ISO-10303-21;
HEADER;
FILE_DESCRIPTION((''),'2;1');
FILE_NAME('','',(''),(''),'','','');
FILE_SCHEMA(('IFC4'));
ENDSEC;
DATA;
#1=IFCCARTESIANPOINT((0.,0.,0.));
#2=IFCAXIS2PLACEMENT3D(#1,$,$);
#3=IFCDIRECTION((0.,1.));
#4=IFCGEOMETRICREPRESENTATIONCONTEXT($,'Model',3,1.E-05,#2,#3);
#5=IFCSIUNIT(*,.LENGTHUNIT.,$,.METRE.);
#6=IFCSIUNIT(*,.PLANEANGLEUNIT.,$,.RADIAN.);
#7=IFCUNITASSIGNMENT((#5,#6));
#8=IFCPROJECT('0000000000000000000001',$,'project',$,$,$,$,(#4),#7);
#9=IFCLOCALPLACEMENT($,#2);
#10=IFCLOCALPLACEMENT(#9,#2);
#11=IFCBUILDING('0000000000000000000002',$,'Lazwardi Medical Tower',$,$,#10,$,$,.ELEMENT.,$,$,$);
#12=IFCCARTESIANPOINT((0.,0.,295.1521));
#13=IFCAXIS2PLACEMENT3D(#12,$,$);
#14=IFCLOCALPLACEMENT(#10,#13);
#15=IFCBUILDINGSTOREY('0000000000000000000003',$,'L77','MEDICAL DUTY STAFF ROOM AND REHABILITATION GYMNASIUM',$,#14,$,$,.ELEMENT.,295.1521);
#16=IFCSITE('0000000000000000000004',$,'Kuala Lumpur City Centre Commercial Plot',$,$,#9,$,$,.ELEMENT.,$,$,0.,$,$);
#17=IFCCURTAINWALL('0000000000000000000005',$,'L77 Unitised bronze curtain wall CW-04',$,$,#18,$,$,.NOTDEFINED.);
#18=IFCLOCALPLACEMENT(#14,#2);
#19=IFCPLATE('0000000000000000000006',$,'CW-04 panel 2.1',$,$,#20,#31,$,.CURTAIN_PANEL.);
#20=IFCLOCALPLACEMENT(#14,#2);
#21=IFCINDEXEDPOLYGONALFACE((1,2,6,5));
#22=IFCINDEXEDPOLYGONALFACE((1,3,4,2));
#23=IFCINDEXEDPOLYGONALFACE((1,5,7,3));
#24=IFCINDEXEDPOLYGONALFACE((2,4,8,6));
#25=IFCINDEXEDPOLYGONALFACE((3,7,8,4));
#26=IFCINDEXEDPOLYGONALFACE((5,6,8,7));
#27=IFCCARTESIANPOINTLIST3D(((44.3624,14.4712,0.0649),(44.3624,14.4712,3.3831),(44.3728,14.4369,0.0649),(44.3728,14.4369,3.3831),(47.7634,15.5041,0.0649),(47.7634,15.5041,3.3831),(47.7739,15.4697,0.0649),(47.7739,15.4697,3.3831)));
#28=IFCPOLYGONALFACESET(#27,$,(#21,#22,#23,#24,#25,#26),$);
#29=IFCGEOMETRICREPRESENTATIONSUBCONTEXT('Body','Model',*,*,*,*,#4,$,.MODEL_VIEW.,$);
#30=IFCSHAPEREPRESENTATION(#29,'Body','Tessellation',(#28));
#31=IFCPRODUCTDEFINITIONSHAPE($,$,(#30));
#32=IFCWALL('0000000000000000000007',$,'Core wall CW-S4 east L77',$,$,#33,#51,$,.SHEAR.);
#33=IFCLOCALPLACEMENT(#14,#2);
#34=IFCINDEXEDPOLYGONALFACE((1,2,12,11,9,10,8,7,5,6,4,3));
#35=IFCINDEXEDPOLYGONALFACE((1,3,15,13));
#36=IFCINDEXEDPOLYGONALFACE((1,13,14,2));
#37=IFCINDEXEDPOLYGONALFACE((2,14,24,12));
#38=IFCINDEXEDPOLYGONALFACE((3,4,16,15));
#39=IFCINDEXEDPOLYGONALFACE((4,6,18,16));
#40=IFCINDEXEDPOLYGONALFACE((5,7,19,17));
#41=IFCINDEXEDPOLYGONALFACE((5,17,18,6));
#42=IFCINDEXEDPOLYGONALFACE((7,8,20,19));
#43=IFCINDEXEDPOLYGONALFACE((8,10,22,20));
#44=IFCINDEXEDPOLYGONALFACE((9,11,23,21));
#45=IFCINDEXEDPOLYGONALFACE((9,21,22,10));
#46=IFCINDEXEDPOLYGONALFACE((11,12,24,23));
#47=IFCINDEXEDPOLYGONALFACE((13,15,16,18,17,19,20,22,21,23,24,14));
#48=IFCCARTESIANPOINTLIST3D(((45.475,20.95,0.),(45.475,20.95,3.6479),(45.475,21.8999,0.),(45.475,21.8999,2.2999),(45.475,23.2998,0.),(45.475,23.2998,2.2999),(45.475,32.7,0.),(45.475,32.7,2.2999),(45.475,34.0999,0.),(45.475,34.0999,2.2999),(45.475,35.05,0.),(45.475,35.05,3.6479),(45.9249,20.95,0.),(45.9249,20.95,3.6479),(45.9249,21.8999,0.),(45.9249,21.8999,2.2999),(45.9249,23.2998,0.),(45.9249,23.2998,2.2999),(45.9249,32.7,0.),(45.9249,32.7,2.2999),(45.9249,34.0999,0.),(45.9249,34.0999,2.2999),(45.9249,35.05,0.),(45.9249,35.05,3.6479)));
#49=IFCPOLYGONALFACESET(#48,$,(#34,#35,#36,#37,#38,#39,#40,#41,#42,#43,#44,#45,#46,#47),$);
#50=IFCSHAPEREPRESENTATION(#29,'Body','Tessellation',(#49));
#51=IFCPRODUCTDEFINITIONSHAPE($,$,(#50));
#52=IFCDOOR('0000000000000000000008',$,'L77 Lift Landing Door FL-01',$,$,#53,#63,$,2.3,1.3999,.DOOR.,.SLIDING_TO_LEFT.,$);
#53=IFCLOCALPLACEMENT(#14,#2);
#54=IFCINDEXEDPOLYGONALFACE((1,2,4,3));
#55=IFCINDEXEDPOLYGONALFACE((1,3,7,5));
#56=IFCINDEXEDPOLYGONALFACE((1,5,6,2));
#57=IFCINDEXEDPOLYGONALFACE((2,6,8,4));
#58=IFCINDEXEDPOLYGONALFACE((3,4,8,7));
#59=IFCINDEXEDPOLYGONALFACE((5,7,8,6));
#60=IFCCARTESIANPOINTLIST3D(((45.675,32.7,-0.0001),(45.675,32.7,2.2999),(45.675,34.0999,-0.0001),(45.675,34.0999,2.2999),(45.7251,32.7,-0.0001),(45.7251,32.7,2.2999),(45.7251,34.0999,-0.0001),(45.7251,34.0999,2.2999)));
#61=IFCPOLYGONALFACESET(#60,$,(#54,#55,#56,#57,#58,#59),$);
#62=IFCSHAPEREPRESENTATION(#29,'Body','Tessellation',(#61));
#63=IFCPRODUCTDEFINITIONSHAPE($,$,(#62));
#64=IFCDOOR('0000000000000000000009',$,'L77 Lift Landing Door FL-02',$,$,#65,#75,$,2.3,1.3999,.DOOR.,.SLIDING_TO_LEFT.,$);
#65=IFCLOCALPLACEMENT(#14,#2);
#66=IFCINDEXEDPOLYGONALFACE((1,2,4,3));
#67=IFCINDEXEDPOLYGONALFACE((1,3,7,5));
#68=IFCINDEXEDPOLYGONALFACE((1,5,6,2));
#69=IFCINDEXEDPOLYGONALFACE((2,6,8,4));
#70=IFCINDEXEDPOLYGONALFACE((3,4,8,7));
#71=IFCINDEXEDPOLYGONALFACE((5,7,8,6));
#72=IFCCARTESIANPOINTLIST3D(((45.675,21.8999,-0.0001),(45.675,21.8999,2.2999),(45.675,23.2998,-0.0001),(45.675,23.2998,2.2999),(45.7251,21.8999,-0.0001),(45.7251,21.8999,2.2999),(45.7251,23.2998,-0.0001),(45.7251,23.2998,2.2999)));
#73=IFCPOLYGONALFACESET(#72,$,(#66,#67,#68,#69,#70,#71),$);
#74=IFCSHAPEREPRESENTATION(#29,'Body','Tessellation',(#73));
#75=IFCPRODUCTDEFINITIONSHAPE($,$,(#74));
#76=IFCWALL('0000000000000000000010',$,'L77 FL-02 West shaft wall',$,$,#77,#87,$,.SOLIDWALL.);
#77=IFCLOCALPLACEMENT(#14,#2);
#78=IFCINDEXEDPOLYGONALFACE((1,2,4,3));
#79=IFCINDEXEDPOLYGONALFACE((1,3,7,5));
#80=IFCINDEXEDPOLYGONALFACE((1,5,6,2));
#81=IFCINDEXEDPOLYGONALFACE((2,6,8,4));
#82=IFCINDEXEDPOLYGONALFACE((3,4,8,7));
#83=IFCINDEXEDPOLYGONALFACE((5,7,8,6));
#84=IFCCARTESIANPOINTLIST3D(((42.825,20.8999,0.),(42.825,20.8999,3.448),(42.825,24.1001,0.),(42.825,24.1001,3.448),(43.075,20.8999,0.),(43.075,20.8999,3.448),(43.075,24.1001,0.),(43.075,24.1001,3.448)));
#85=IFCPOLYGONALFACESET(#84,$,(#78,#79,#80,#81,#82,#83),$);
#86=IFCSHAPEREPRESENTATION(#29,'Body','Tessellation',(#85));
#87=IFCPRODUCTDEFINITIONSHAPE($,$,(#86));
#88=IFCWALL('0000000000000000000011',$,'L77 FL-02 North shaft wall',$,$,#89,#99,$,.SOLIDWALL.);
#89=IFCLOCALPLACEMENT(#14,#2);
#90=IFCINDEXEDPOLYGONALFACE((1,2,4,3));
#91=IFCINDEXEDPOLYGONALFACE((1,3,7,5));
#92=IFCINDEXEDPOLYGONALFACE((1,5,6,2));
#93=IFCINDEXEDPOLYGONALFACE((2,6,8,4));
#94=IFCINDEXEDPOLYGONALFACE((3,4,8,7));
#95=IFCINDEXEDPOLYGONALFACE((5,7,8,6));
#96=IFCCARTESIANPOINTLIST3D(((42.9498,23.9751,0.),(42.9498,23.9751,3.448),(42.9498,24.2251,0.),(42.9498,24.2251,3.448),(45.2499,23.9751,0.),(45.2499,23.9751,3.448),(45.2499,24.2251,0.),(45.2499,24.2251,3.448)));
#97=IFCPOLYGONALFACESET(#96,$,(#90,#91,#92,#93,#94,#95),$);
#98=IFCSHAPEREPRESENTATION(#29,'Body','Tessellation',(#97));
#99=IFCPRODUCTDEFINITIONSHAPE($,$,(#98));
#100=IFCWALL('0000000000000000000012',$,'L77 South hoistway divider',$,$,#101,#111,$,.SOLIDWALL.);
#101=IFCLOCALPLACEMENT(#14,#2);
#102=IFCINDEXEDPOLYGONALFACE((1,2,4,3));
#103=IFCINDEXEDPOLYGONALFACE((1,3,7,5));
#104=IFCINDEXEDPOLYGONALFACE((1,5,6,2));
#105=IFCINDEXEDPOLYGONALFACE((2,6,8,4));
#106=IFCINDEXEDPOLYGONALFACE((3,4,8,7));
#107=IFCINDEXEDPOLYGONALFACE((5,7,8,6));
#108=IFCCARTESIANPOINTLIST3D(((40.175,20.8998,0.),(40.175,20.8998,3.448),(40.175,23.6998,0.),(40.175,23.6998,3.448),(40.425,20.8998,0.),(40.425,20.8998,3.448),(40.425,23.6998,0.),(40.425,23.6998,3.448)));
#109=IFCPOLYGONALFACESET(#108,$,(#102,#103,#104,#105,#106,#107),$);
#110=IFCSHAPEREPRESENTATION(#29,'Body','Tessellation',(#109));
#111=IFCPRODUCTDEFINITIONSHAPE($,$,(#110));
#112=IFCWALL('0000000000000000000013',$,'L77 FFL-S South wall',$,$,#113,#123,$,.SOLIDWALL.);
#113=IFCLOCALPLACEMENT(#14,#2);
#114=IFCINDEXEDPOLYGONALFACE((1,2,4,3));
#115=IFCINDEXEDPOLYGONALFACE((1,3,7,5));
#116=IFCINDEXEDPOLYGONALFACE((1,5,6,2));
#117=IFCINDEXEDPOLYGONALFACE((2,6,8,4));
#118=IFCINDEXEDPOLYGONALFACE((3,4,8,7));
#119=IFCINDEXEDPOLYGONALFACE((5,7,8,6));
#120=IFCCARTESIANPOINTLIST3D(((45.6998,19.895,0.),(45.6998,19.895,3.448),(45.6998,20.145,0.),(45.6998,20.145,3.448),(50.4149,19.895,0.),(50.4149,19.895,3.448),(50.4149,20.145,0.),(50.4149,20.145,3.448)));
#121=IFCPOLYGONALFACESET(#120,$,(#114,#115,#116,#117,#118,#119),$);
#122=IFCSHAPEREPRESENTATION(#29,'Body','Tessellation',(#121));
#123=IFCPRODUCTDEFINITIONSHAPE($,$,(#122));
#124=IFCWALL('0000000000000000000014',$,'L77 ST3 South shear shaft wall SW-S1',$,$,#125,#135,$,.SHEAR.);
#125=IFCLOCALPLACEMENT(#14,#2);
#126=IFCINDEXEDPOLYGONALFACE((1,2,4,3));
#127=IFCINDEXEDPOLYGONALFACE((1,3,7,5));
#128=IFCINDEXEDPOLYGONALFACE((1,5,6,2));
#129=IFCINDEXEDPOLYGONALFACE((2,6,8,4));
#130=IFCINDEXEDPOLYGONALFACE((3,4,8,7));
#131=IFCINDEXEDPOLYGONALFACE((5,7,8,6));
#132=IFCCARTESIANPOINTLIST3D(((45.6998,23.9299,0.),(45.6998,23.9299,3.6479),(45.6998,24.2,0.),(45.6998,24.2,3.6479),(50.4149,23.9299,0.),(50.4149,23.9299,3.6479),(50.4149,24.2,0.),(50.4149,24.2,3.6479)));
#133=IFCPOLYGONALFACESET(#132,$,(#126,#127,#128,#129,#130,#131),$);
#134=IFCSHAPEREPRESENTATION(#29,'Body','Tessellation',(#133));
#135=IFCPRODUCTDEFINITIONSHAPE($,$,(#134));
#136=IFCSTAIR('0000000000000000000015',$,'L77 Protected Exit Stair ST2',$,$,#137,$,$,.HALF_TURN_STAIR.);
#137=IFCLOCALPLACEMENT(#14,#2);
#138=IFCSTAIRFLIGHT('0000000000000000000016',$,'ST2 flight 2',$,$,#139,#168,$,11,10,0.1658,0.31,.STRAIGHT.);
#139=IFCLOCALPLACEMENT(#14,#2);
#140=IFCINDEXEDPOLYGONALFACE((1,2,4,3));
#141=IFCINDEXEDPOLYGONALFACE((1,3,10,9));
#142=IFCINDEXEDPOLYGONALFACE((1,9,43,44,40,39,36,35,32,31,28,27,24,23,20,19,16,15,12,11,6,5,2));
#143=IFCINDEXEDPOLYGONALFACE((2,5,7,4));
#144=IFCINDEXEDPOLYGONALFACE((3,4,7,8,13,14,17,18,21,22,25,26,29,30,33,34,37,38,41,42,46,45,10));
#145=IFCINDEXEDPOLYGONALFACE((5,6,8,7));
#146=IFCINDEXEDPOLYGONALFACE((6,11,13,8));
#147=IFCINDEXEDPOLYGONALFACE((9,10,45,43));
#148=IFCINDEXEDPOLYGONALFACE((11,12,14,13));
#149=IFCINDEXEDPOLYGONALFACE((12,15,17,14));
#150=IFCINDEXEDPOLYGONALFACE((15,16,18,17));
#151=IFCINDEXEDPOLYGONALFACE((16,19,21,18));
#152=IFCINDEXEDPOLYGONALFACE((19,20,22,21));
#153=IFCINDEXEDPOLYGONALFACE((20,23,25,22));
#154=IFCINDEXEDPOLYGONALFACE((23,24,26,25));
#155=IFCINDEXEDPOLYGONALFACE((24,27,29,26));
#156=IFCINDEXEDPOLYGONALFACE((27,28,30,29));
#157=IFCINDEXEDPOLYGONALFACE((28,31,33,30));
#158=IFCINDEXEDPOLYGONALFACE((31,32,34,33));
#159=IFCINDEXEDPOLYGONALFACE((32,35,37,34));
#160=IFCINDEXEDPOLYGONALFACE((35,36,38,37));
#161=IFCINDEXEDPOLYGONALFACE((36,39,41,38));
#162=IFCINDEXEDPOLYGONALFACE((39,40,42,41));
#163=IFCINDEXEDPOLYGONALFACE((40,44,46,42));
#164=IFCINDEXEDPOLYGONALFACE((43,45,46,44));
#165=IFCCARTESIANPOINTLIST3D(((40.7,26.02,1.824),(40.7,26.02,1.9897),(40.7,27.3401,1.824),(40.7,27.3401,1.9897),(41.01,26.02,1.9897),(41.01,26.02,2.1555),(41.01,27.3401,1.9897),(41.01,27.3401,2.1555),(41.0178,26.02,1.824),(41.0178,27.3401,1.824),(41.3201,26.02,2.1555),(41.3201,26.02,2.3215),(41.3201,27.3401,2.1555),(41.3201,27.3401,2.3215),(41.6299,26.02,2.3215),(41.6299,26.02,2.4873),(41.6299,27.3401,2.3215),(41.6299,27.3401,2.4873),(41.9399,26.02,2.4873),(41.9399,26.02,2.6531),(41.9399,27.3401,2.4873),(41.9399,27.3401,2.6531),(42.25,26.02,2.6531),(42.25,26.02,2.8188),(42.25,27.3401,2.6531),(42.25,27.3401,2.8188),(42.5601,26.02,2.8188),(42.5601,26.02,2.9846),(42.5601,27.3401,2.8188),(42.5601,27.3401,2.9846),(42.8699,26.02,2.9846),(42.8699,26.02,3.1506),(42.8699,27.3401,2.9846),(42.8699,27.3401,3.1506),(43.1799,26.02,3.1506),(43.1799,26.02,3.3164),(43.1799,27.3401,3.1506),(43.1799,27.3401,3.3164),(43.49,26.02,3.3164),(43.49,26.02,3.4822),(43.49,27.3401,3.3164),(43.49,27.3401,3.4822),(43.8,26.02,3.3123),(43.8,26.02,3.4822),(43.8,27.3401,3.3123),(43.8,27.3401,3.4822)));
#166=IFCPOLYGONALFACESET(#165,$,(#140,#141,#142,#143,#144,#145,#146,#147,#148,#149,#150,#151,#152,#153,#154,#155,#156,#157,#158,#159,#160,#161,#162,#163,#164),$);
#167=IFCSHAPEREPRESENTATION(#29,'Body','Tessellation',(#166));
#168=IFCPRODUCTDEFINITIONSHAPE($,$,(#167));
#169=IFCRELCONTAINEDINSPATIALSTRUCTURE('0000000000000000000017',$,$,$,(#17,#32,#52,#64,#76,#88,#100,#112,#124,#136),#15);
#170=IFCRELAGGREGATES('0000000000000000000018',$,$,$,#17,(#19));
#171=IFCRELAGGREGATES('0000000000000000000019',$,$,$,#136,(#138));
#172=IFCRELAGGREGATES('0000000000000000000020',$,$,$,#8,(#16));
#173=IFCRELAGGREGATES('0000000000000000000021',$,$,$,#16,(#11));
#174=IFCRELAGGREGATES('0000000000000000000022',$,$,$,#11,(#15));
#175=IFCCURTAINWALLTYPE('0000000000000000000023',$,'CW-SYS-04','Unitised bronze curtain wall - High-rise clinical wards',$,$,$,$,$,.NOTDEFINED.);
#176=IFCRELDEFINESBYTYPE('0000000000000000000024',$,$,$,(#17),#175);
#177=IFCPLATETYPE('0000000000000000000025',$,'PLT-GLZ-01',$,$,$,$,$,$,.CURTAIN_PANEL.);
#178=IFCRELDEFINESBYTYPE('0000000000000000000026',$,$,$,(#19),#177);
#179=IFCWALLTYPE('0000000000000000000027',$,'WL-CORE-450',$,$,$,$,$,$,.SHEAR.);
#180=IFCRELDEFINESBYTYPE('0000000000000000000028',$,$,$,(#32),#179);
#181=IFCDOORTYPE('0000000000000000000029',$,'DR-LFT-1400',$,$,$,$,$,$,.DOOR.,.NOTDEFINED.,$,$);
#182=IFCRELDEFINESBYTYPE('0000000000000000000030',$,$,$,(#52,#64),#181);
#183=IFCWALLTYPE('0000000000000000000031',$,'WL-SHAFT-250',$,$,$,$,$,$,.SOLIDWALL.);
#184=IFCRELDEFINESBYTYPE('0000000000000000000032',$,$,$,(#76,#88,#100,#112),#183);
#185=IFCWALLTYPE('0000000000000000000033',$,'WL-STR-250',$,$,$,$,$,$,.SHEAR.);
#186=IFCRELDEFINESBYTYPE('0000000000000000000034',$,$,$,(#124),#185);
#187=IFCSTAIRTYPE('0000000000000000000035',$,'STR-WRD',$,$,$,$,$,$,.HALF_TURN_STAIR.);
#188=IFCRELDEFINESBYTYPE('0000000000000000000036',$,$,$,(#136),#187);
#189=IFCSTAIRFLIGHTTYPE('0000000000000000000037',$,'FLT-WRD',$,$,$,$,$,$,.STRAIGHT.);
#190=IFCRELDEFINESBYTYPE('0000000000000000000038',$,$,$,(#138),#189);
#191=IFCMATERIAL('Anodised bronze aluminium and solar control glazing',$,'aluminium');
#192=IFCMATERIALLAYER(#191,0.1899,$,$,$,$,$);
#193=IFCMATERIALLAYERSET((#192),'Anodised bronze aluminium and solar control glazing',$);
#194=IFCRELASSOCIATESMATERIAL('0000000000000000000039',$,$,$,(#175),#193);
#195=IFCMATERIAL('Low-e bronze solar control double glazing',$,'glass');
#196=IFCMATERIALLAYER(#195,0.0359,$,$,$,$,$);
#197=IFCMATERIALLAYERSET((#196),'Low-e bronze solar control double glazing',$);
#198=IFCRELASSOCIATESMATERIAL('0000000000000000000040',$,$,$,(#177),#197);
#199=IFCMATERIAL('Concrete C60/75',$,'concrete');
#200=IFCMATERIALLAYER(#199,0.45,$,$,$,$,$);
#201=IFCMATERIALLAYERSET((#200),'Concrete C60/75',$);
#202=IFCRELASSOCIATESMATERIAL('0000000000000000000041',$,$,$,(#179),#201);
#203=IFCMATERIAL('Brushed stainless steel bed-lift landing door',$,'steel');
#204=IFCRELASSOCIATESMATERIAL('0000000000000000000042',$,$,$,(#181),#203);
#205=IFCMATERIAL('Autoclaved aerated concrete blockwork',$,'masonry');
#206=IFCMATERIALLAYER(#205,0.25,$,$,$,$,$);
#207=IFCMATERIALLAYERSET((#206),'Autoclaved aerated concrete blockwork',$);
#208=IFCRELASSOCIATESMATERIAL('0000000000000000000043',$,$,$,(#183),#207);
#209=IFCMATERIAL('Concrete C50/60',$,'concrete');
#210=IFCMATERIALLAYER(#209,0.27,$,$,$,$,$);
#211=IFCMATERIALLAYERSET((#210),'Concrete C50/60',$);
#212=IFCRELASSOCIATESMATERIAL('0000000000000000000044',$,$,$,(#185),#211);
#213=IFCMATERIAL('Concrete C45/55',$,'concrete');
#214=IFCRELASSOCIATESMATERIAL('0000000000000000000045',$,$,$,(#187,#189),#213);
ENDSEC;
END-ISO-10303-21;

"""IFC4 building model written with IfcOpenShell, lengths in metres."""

from ifc_helpers import new_model, si_unit, direction, frame, frame_2d, origin, origin_2d, place, context, subcontext, project, spatial, polyline, rectangle, outline, extrude, material, layer, layer_set, type_object, element, fill, aggregate, save


model = new_model("IFC4")

# Units and contexts
model_context = context("Model", 3, precision=1e-05, world=origin(), true_north=direction((0.0, 1.0)))
body_context = subcontext(model_context, "Body", "Model", "MODEL_VIEW")
ifc_project = project(units=[si_unit("LENGTHUNIT", "METRE"), si_unit("PLANEANGLEUNIT", "RADIAN")], contexts=[model_context])

# Site, building, storey
site_placement = place(None, origin())
site = spatial("IfcSite", under=ifc_project, at=site_placement, Name="Kuala Lumpur City Centre Commercial Plot", CompositionType="ELEMENT", RefElevation=0.0)
building_placement = place(site_placement, origin())
building = spatial("IfcBuilding", under=site, at=building_placement, Name="Lazwardi Medical Tower", CompositionType="ELEMENT")
storey_placement = place(building_placement, frame((0.0, 0.0, 295.1521)))
storey = spatial("IfcBuildingStorey", under=building, at=storey_placement, Name="L77", Description="MEDICAL DUTY STAFF ROOM AND REHABILITATION GYMNASIUM", CompositionType="ELEMENT", Elevation=295.1521)

# Shared definitions
ifc_material_1 = material(Name="Concrete C60/75", Category="concrete")

# Curtain wall, plate
ifc_material_2 = material(Name="Anodised bronze aluminium and solar control glazing", Category="aluminium")
ifc_layer_1 = layer(ifc_material_2, 0.1899)
ifc_layer_set_1 = layer_set([ifc_layer_1], Name="Anodised bronze aluminium and solar control glazing")
curtain_wall_type = type_object("IfcCurtainWallType", Name="CW-SYS-04", Description="Unitised bronze curtain wall - High-rise clinical wards", PredefinedType="NOTDEFINED", material=ifc_layer_set_1)
curtain_wall_placement = place(storey_placement, origin())
curtain_wall = element("IfcCurtainWall", 1, at=curtain_wall_placement, inside=storey, type_object=curtain_wall_type, Name="L77 Unitised bronze curtain wall CW-04", PredefinedType="NOTDEFINED")
ifc_material_3 = material(Name="Low-e bronze solar control double glazing", Category="glass")
ifc_layer_2 = layer(ifc_material_3, 0.0359)
ifc_layer_set_2 = layer_set([ifc_layer_2], Name="Low-e bronze solar control double glazing")
plate_type = type_object("IfcPlateType", Name="PLT-GLZ-01", PredefinedType="CURTAIN_PANEL", material=ifc_layer_set_2)
plate_1_placement = place(storey_placement, frame((46.0681, 14.9705, 0.0649), z_axis=(0.0, 0.0, 1.0), x_axis=(0.95685, 0.290582, 0.0)))
plate_1 = element("IfcPlate", 2, at=plate_1_placement, type_object=plate_type, Name="CW-04 panel 2.1", PredefinedType="CURTAIN_PANEL", context=body_context, shape_type="SweptSolid", body=[
    extrude(rectangle(XDim=3.5544, YDim=0.0359, at=origin_2d()), origin(), (0.0, 0.0, 1.0), 3.3181),
])
aggregate(curtain_wall, [plate_1])

# Wall, openings, doors
ifc_layer_3 = layer(ifc_material_1, 0.45)
ifc_layer_set_3 = layer_set([ifc_layer_3], Name="Concrete C60/75")
wall_type_1 = type_object("IfcWallType", Name="WL-CORE-450", PredefinedType="SHEAR", material=ifc_layer_set_3)
wall_1_placement = place(storey_placement, frame((45.7, 20.95, 0.0), z_axis=(0.0, 0.0, 1.0), x_axis=(0.0, 1.0, 0.0)))
wall_1 = element("IfcWall", 3, at=wall_1_placement, inside=storey, type_object=wall_type_1, Name="Core wall CW-S4 east L77", PredefinedType="SHEAR", context=body_context, shape_type="SweptSolid", body=[
    extrude(rectangle(XDim=14.1001, YDim=0.45, at=frame_2d((7.05, 0.0))), origin(), (0.0, 0.0, 1.0), 3.6479),
])
opening_1_placement = place(wall_1_placement, frame((11.75, 0.0, 0.0)))
opening_1 = element("IfcOpeningElement", 4, at=opening_1_placement, cuts=wall_1, PredefinedType="OPENING", context=body_context, shape_type="SweptSolid", body=[
    extrude(rectangle(XDim=1.3999, YDim=2.3, at=frame_2d((0.7, 1.1499))), frame((0.0, 0.2349, 0.0), z_axis=(0.0, -1.0, 0.0), x_axis=(1.0, 0.0, 0.0)), (0.0, 0.0, 1.0), 0.47),
])
opening_2_placement = place(wall_1_placement, frame((0.95, 0.0, 0.0)))
opening_2 = element("IfcOpeningElement", 5, at=opening_2_placement, cuts=wall_1, PredefinedType="OPENING", context=body_context, shape_type="SweptSolid", body=[
    extrude(rectangle(XDim=1.3999, YDim=2.3, at=frame_2d((0.7, 1.1499))), frame((0.0, 0.2349, 0.0), z_axis=(0.0, -1.0, 0.0), x_axis=(1.0, 0.0, 0.0)), (0.0, 0.0, 1.0), 0.47),
])
ifc_material_4 = material(Name="Brushed stainless steel bed-lift landing door", Category="steel")
door_type = type_object("IfcDoorType", Name="DR-LFT-1400", OperationType="NOTDEFINED", PredefinedType="DOOR", material=ifc_material_4)
door_1_placement = place(opening_1_placement, origin())
door_1 = element("IfcDoor", 6, at=door_1_placement, inside=storey, type_object=door_type, Name="L77 Lift Landing Door FL-01", OperationType="SLIDING_TO_LEFT", OverallHeight=2.3, OverallWidth=1.3999, PredefinedType="DOOR", context=body_context, shape_type="SweptSolid", body=[
    extrude(rectangle(XDim=1.3999, YDim=2.3, at=frame_2d((0.7, 1.1499))), frame((0.0, 0.0249, 0.0), z_axis=(0.0, -1.0, 0.0), x_axis=(1.0, 0.0, 0.0)), (0.0, 0.0, 1.0), 0.05),
])
fill(opening_1, door_1)
door_2_placement = place(opening_2_placement, origin())
door_2 = element("IfcDoor", 7, at=door_2_placement, inside=storey, type_object=door_type, Name="L77 Lift Landing Door FL-02", OperationType="SLIDING_TO_LEFT", OverallHeight=2.3, OverallWidth=1.3999, PredefinedType="DOOR", context=body_context, shape_type="SweptSolid", body=[
    extrude(rectangle(XDim=1.3999, YDim=2.3, at=frame_2d((0.7, 1.1499))), frame((0.0, 0.0249, 0.0), z_axis=(0.0, -1.0, 0.0), x_axis=(1.0, 0.0, 0.0)), (0.0, 0.0, 1.0), 0.05),
])
fill(opening_2, door_2)

# Walls
ifc_material_5 = material(Name="Autoclaved aerated concrete blockwork", Category="masonry")
ifc_layer_4 = layer(ifc_material_5, 0.25)
ifc_layer_set_4 = layer_set([ifc_layer_4], Name="Autoclaved aerated concrete blockwork")
wall_type_2 = type_object("IfcWallType", Name="WL-SHAFT-250", PredefinedType="SOLIDWALL", material=ifc_layer_set_4)
wall_2_placement = place(storey_placement, frame((42.95, 20.8999, 0.0), z_axis=(0.0, 0.0, 1.0), x_axis=(0.0, 1.0, 0.0)))
element("IfcWall", 8, at=wall_2_placement, inside=storey, type_object=wall_type_2, Name="L77 FL-02 West shaft wall", PredefinedType="SOLIDWALL", context=body_context, shape_type="SweptSolid", body=[
    extrude(rectangle(XDim=3.2002, YDim=0.25, at=frame_2d((1.6001, 0.0))), origin(), (0.0, 0.0, 1.0), 3.448),
])
wall_3_placement = place(storey_placement, frame((42.95, 24.1001, 0.0), z_axis=(0.0, 0.0, 1.0), x_axis=(1.0, 0.0, 0.0)))
element("IfcWall", 9, at=wall_3_placement, inside=storey, type_object=wall_type_2, Name="L77 FL-02 North shaft wall", PredefinedType="SOLIDWALL", context=body_context, shape_type="SweptSolid", body=[
    extrude(rectangle(XDim=2.3, YDim=0.25, at=frame_2d((1.1499, 0.0))), origin(), (0.0, 0.0, 1.0), 3.448),
])
wall_4_placement = place(storey_placement, frame((40.3, 20.8999, 0.0), z_axis=(0.0, 0.0, 1.0), x_axis=(0.0, 1.0, 0.0)))
element("IfcWall", 10, at=wall_4_placement, inside=storey, type_object=wall_type_2, Name="L77 South hoistway divider", PredefinedType="SOLIDWALL", context=body_context, shape_type="SweptSolid", body=[
    extrude(rectangle(XDim=2.8, YDim=0.25, at=frame_2d((1.3999, 0.0))), origin(), (0.0, 0.0, 1.0), 3.448),
])
wall_5_placement = place(storey_placement, frame((45.7, 20.02, 0.0), z_axis=(0.0, 0.0, 1.0), x_axis=(1.0, 0.0, 0.0)))
element("IfcWall", 11, at=wall_5_placement, inside=storey, type_object=wall_type_2, Name="L77 FFL-S South wall", PredefinedType="SOLIDWALL", context=body_context, shape_type="SweptSolid", body=[
    extrude(rectangle(XDim=4.7151, YDim=0.25, at=frame_2d((2.3574, 0.0))), origin(), (0.0, 0.0, 1.0), 3.448),
])
ifc_material_6 = material(Name="Concrete C50/60", Category="concrete")
ifc_layer_5 = layer(ifc_material_6, 0.27)
ifc_layer_set_5 = layer_set([ifc_layer_5], Name="Concrete C50/60")
wall_type_3 = type_object("IfcWallType", Name="WL-STR-250", PredefinedType="SHEAR", material=ifc_layer_set_5)
wall_6_placement = place(storey_placement, frame((45.7, 24.0649, 0.0), z_axis=(0.0, 0.0, 1.0), x_axis=(1.0, 0.0, 0.0)))
element("IfcWall", 12, at=wall_6_placement, inside=storey, type_object=wall_type_3, Name="L77 ST3 South shear shaft wall SW-S1", PredefinedType="SHEAR", context=body_context, shape_type="SweptSolid", body=[
    extrude(rectangle(XDim=4.7151, YDim=0.27, at=frame_2d((2.3574, 0.0))), origin(), (0.0, 0.0, 1.0), 3.6479),
])

# Stair, stair flight
ifc_material_7 = material(Name="Concrete C45/55", Category="concrete")
stair_type = type_object("IfcStairType", Name="STR-WRD", PredefinedType="HALF_TURN_STAIR", material=ifc_material_7)
stair_placement = place(storey_placement, origin())
stair = element("IfcStair", 13, at=stair_placement, inside=storey, type_object=stair_type, Name="L77 Protected Exit Stair ST2", PredefinedType="HALF_TURN_STAIR")
stair_flight_type = type_object("IfcStairFlightType", Name="FLT-WRD", PredefinedType="STRAIGHT", material=ifc_material_7)
stair_flight_placement = place(storey_placement, frame((40.7, 26.6799, 1.824), z_axis=(0.0, 0.0, 1.0), x_axis=(1.0, 0.0, 0.0)))
stair_flight = element("IfcStairFlight", 14, at=stair_flight_placement, type_object=stair_flight_type, Name="ST2 flight 2", NumberOfRisers=11, NumberOfTreads=10, PredefinedType="STRAIGHT", RiserHeight=0.1658, TreadLength=0.31, context=body_context, shape_type="SweptSolid", body=[
    extrude(outline(polyline([(0.0, 0.0), (0.0, 0.1658), (0.3101, 0.1658), (0.3101, 0.3315), (0.6201, 0.3315), (0.6201, 0.4976), (0.9299, 0.4976), (0.9299, 0.6633), (1.24, 0.6633), (1.24, 0.8291), (1.55, 0.8291), (1.55, 0.9949), (1.8601, 0.9949), (1.8601, 1.1606), (2.1699, 1.1606), (2.1699, 1.3267), (2.48, 1.3267), (2.48, 1.4924), (2.79, 1.4924), (2.79, 1.6582), (3.1001, 1.6582), (3.1001, 1.824), (3.1001, 1.4883), (0.3179, 0.0), (0.0, 0.0)])), frame((0.0, 0.6602, 0.0), z_axis=(0.0, -1.0, 0.0), x_axis=(1.0, 0.0, 0.0)), (0.0, 0.0, 1.0), 1.3201),
])
aggregate(stair, [stair_flight])

save(model, "model.ifc")
